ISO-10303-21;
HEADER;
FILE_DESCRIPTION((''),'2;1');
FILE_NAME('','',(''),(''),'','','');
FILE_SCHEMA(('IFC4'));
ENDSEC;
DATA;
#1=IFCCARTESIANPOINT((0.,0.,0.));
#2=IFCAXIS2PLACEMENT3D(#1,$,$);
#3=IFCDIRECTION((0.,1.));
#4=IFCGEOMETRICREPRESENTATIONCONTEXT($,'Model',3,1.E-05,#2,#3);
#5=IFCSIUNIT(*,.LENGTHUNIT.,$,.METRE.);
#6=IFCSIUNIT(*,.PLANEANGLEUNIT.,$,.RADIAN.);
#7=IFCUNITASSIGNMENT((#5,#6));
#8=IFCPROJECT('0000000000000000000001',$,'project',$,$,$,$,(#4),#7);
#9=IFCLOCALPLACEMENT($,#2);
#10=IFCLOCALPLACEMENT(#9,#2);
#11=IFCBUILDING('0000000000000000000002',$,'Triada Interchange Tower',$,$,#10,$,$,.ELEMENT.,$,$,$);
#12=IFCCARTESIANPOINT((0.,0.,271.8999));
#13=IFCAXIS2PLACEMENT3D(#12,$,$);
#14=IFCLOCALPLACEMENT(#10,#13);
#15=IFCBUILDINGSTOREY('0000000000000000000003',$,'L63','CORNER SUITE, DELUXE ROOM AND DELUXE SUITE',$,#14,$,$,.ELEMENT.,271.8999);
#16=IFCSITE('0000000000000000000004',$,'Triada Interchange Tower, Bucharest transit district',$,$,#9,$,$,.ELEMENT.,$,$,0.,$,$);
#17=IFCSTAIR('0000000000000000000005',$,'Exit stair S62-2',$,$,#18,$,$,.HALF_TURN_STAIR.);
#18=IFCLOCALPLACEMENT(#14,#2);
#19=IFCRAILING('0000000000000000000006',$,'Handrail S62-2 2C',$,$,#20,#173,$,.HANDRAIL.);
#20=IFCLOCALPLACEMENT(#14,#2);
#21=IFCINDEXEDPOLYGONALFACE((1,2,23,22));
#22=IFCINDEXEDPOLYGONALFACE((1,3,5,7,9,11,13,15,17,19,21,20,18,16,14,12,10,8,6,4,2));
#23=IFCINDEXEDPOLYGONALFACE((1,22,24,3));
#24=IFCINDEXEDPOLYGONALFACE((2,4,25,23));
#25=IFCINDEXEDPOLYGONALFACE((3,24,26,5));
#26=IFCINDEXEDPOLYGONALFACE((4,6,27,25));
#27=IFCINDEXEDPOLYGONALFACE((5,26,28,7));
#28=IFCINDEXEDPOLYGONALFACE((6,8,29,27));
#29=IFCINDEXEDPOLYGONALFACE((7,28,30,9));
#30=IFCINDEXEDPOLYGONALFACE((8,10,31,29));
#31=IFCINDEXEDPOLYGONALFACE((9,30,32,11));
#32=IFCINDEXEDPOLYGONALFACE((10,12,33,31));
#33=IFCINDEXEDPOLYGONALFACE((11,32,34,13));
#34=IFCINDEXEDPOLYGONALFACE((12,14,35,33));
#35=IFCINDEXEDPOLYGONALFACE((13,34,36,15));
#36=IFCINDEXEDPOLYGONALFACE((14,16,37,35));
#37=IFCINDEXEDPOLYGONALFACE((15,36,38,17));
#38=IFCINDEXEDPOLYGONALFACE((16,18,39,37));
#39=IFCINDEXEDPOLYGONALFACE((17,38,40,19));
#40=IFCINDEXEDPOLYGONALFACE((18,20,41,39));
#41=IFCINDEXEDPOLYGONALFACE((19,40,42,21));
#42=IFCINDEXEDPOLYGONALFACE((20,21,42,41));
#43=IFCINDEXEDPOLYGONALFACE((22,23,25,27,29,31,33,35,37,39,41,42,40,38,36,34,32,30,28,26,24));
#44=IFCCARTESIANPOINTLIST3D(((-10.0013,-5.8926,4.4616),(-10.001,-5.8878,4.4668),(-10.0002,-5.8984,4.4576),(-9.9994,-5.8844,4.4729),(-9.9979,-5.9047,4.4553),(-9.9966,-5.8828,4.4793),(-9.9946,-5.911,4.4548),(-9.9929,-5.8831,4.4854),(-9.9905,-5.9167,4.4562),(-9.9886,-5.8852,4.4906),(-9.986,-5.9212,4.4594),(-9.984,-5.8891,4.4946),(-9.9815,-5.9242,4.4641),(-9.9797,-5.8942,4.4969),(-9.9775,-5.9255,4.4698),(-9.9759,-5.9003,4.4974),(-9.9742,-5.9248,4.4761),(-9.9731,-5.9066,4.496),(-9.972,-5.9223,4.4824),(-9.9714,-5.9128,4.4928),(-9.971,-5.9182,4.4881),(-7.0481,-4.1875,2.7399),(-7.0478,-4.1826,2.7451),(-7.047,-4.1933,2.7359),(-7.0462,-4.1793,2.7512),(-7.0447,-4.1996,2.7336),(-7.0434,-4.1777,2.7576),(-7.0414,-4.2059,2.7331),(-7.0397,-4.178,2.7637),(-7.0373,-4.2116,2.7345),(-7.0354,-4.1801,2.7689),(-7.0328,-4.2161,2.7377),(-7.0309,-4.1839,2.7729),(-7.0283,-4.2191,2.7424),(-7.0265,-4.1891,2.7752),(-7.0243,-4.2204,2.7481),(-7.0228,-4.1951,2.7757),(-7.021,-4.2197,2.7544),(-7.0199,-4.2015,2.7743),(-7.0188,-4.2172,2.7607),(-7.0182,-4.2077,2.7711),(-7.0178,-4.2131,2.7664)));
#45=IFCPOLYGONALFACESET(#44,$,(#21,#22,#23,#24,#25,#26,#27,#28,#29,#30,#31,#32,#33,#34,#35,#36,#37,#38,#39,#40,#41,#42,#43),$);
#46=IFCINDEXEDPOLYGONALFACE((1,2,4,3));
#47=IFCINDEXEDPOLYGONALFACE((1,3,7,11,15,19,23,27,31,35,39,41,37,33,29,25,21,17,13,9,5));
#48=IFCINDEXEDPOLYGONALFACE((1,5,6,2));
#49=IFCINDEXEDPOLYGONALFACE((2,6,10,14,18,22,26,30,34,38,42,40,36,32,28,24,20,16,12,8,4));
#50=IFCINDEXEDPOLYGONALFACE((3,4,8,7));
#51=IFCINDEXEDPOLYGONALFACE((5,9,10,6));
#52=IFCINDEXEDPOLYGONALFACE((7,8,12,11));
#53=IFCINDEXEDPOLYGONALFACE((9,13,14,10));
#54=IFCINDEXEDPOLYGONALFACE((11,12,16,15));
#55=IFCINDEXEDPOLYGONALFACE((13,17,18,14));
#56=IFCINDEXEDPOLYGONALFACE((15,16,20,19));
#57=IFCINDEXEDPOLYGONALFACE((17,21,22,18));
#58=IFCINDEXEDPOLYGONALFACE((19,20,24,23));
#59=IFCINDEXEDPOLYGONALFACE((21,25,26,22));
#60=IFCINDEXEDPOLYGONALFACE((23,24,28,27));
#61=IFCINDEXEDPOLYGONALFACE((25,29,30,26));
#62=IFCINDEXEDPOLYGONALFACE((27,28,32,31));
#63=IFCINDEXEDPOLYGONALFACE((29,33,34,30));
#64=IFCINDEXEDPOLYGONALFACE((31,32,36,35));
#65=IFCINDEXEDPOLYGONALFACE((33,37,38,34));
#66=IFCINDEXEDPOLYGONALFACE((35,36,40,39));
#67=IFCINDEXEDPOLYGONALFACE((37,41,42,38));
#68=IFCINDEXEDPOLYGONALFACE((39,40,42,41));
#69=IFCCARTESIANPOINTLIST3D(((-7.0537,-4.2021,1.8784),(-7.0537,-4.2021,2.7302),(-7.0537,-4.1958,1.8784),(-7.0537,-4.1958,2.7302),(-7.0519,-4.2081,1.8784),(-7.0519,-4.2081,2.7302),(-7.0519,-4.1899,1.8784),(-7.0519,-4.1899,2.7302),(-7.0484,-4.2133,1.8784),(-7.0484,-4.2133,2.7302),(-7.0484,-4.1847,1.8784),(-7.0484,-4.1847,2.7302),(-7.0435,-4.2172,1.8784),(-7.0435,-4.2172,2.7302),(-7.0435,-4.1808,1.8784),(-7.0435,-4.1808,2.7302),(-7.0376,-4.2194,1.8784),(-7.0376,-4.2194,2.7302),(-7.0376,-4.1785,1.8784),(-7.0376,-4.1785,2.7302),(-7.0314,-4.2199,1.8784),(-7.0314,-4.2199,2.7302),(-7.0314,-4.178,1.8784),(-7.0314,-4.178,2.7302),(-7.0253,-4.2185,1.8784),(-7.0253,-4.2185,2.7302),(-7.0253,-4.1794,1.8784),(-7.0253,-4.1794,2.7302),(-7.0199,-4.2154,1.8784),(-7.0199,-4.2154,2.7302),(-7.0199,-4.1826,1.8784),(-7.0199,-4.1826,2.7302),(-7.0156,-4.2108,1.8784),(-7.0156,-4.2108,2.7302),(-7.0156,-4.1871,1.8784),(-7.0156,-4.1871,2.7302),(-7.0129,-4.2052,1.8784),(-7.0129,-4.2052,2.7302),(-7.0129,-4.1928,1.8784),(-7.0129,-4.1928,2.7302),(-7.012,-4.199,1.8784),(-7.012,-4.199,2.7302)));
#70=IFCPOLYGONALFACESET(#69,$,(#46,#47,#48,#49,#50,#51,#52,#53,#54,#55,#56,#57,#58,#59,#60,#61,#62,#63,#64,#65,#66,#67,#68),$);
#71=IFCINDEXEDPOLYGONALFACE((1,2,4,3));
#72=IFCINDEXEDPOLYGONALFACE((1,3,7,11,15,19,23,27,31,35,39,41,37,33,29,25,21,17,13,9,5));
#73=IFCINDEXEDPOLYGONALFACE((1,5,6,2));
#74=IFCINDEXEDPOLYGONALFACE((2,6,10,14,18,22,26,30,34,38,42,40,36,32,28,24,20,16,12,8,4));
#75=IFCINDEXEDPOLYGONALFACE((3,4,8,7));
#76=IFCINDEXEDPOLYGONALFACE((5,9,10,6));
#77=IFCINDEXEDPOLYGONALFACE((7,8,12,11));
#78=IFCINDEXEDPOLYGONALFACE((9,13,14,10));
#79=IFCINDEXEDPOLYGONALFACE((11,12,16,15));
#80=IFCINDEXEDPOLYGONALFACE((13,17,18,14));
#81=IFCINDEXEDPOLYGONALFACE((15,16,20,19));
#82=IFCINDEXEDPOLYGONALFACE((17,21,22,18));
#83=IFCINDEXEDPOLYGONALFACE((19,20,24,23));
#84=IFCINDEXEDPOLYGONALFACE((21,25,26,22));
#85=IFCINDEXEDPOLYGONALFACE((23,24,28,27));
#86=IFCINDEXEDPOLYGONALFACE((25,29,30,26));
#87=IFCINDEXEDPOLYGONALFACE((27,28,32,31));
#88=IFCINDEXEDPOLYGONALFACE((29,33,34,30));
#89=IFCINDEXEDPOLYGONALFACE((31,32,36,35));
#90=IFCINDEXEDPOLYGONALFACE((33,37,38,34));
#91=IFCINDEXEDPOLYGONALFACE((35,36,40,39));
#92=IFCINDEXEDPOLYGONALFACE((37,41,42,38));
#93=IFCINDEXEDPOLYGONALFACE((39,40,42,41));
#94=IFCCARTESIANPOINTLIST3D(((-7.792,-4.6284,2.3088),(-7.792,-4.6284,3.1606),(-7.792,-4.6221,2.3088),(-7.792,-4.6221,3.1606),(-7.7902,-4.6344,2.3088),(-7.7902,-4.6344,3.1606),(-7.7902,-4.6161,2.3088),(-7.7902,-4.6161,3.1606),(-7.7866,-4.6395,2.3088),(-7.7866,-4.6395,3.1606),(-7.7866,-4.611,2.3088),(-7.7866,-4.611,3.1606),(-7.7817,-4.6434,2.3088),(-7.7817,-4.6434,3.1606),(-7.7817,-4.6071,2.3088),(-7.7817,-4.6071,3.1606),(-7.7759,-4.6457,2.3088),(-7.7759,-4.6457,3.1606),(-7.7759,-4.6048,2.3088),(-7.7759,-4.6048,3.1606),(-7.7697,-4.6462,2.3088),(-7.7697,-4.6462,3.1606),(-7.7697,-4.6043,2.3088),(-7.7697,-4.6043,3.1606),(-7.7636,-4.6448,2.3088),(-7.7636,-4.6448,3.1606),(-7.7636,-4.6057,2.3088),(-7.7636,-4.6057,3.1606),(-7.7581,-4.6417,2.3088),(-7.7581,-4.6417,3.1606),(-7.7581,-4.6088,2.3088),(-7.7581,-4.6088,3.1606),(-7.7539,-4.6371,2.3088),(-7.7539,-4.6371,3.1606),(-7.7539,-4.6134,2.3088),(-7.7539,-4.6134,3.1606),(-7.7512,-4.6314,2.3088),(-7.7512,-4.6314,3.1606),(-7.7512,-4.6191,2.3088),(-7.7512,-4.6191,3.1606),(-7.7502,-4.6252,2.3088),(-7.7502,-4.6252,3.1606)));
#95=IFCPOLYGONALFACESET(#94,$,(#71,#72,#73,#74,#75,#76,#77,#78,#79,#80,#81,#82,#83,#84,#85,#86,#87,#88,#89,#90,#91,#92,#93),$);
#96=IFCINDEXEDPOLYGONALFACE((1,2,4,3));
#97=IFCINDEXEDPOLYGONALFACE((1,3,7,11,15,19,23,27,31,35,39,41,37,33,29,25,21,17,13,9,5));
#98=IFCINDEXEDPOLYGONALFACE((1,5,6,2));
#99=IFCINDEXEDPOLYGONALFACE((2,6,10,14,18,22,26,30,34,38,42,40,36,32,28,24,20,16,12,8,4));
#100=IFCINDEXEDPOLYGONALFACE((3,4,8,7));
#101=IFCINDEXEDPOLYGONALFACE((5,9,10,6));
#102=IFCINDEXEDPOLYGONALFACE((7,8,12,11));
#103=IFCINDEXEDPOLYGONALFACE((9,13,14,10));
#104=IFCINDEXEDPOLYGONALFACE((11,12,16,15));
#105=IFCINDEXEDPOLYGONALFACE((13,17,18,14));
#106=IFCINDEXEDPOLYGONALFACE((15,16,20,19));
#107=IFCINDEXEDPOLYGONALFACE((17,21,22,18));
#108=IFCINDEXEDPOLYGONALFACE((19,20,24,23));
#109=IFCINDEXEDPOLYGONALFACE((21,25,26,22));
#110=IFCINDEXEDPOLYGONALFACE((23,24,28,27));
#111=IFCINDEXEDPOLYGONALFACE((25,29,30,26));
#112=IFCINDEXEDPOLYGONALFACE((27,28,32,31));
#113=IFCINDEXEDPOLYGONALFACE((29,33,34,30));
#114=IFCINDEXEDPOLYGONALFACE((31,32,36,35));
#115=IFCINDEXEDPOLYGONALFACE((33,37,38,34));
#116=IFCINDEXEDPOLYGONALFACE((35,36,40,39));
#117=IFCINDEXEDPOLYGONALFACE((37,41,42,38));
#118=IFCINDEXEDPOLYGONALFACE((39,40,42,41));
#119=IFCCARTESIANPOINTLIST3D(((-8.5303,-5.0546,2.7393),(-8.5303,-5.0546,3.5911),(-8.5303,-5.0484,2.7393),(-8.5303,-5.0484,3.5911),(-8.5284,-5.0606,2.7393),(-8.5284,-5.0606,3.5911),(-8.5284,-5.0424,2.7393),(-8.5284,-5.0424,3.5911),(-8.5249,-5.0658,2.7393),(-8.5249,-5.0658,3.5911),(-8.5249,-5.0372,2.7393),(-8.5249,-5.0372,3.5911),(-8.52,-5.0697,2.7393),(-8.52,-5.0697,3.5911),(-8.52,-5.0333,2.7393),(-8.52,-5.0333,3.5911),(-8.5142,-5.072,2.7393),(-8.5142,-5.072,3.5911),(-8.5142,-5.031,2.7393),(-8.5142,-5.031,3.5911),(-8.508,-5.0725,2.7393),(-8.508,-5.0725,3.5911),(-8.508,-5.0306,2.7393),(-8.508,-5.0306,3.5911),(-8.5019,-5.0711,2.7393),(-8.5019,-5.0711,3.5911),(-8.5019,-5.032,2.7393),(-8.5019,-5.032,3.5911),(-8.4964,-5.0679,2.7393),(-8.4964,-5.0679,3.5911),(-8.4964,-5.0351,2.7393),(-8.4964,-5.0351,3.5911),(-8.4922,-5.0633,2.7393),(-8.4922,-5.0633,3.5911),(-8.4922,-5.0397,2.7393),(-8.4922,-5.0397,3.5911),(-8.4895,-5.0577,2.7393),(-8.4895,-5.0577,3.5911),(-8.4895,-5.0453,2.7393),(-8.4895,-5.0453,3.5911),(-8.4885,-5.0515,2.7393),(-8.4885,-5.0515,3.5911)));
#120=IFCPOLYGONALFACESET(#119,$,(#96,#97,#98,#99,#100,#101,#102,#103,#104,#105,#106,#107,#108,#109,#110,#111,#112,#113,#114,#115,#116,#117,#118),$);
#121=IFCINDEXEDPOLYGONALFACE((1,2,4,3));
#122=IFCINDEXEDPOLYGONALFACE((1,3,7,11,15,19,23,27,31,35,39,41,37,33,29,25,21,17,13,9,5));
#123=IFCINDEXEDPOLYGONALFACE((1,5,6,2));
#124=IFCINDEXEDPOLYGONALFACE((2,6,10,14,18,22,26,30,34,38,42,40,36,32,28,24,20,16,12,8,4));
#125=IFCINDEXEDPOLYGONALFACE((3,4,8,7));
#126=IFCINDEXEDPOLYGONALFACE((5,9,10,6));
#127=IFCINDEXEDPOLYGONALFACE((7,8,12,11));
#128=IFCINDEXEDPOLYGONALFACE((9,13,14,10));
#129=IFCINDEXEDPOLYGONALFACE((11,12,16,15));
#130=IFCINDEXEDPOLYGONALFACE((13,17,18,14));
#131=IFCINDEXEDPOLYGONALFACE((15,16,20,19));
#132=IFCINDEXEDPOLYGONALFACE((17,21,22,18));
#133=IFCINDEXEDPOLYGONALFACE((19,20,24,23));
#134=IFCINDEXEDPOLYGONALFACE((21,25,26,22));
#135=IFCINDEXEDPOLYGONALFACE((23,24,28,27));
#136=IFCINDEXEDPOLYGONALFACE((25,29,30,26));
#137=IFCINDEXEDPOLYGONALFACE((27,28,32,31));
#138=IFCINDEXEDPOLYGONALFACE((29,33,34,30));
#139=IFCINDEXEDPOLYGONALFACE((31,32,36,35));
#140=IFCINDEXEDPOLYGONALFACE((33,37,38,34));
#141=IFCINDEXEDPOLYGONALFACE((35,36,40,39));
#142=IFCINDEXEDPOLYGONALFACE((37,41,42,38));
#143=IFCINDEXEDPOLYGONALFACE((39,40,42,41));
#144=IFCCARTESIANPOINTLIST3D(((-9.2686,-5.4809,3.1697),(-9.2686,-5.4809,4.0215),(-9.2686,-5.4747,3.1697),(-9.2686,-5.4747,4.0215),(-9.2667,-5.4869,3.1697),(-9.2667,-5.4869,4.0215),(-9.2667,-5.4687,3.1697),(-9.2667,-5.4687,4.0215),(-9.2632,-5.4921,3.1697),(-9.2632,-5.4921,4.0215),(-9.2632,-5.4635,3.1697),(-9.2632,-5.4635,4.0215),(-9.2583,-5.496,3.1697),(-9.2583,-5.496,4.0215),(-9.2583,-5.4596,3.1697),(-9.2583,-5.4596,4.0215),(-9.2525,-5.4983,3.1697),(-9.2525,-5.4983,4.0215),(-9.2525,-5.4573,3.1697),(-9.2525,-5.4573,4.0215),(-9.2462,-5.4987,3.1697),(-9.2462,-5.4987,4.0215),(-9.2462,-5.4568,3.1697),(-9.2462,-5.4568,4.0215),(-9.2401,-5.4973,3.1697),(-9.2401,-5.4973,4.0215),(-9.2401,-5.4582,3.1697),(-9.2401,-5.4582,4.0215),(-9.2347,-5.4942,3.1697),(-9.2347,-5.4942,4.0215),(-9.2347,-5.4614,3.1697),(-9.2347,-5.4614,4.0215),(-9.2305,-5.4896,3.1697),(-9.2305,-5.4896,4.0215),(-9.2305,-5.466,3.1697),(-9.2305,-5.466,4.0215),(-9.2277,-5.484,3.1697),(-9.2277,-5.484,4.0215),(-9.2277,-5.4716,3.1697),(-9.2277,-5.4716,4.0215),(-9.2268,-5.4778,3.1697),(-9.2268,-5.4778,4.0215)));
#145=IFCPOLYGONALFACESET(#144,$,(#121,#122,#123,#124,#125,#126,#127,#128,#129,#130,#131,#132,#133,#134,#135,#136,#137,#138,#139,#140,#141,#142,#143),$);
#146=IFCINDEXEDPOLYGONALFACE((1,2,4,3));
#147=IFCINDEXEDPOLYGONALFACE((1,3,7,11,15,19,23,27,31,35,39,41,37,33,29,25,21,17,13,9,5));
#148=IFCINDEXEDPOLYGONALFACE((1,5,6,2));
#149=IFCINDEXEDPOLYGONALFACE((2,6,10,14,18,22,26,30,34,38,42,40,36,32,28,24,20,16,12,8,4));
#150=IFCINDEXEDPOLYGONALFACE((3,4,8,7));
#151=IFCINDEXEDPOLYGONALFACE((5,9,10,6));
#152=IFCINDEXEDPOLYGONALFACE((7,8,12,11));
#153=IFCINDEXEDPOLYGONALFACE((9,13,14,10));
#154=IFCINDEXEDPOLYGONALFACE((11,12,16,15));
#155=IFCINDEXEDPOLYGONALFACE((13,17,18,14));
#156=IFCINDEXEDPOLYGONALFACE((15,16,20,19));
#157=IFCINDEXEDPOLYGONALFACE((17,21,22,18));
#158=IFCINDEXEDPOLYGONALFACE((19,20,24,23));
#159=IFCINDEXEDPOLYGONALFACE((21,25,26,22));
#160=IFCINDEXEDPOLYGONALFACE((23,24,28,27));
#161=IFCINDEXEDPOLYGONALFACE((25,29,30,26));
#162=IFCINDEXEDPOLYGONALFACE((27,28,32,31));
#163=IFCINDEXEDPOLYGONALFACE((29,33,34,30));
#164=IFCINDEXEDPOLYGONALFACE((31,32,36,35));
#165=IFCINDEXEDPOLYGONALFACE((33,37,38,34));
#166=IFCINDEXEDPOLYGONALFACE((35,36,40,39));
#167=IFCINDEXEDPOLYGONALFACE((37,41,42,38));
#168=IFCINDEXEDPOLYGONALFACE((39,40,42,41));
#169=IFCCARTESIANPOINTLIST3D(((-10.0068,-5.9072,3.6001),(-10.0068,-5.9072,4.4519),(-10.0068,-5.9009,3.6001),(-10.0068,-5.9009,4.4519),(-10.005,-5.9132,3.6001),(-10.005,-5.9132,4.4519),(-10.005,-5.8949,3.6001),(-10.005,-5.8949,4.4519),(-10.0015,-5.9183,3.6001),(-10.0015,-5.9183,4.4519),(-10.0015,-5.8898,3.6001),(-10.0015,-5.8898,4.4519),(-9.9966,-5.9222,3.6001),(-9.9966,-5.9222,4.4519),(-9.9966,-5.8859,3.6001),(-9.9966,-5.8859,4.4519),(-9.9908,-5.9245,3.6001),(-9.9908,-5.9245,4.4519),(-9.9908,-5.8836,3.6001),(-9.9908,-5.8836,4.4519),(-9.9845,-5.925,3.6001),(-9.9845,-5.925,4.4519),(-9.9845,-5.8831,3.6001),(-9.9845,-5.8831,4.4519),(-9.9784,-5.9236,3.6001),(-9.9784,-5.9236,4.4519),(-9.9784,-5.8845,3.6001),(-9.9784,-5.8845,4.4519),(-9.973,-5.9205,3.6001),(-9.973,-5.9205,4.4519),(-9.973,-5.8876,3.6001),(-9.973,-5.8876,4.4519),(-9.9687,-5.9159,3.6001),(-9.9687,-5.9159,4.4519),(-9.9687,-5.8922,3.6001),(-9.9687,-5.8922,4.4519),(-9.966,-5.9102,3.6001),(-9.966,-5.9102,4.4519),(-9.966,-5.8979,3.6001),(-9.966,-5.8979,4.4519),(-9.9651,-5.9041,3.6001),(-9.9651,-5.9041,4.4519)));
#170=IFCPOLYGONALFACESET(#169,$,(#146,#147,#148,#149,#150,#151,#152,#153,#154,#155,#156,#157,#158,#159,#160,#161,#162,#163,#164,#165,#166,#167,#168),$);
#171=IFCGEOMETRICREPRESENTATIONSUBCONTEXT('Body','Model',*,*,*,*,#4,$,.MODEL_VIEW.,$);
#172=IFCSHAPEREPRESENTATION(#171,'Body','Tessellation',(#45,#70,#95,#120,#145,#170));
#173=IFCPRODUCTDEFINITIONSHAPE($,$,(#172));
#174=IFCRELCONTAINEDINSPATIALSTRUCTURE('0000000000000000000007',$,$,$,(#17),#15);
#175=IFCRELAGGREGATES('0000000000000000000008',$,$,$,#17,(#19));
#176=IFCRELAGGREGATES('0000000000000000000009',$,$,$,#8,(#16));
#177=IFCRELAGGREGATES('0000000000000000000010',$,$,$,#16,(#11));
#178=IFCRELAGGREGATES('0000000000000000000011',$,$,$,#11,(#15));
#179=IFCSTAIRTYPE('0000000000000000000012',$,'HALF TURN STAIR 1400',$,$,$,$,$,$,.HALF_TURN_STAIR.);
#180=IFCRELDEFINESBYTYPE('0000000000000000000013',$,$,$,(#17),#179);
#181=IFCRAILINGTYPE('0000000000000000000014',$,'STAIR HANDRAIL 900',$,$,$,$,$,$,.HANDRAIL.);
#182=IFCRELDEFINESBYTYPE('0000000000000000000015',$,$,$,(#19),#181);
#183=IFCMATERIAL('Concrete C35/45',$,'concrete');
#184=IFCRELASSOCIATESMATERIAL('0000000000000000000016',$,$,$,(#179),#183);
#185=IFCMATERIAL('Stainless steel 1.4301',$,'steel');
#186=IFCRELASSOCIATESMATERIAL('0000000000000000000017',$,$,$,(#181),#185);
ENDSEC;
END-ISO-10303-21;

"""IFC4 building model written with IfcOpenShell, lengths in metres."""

from ifc_helpers import new_model, si_unit, direction, frame, origin, origin_2d, place, context, subcontext, project, spatial, circle, extrude, material, type_object, element, aggregate, save


model = new_model("IFC4")

# Units and contexts
model_context = context("Model", 3, precision=1e-05, world=origin(), true_north=direction((0.0, 1.0)))
body_context = subcontext(model_context, "Body", "Model", "MODEL_VIEW")
ifc_project = project(units=[si_unit("LENGTHUNIT", "METRE"), si_unit("PLANEANGLEUNIT", "RADIAN")], contexts=[model_context])

# Site, building, storey
site_placement = place(None, origin())
site = spatial("IfcSite", under=ifc_project, at=site_placement, Name="Triada Interchange Tower, Bucharest transit district", CompositionType="ELEMENT", RefElevation=0.0)
building_placement = place(site_placement, origin())
building = spatial("IfcBuilding", under=site, at=building_placement, Name="Triada Interchange Tower", CompositionType="ELEMENT")
storey_placement = place(building_placement, frame((0.0, 0.0, 271.8999)))
storey = spatial("IfcBuildingStorey", under=building, at=storey_placement, Name="L63", Description="CORNER SUITE, DELUXE ROOM AND DELUXE SUITE", CompositionType="ELEMENT", Elevation=271.8999)

# Stair, railing
ifc_material_1 = material(Name="Concrete C35/45", Category="concrete")
stair_type = type_object("IfcStairType", Name="HALF TURN STAIR 1400", PredefinedType="HALF_TURN_STAIR", material=ifc_material_1)
stair_placement = place(storey_placement, origin())
stair = element("IfcStair", 1, at=stair_placement, inside=storey, type_object=stair_type, Name="Exit stair S62-2", PredefinedType="HALF_TURN_STAIR")
ifc_material_2 = material(Name="Stainless steel 1.4301", Category="steel")
railing_type = type_object("IfcRailingType", Name="STAIR HANDRAIL 900", PredefinedType="HANDRAIL", material=ifc_material_2)
railing_1_placement = place(storey_placement, frame((-7.033, -4.199, 1.8784)))
railing_1 = element("IfcRailing", 2, at=railing_1_placement, type_object=railing_type, Name="Handrail S62-2 2C", PredefinedType="HANDRAIL", context=body_context, shape_type="SweptSolid", body=[
    extrude(circle(Radius=0.0239, at=origin_2d()), frame((0.0, 0.0, 0.876), z_axis=(-0.773069, -0.446355, 0.450701), x_axis=(0.50002, -0.866014, 0.0)), (0.0, 0.0, 1.0), 3.8201),
    extrude(circle(Radius=0.021, at=origin_2d()), origin(), (0.0, 0.0, 1.0), 0.8518),
    extrude(circle(Radius=0.021, at=origin_2d()), frame((-0.7383, -0.4263, 0.4304)), (0.0, 0.0, 1.0), 0.8518),
    extrude(circle(Radius=0.021, at=origin_2d()), frame((-1.4766, -0.8525, 0.8608)), (0.0, 0.0, 1.0), 0.8518),
    extrude(circle(Radius=0.021, at=origin_2d()), frame((-2.2148, -1.2788, 1.2913)), (0.0, 0.0, 1.0), 0.8518),
    extrude(circle(Radius=0.021, at=origin_2d()), frame((-2.9531, -1.7051, 1.7217)), (0.0, 0.0, 1.0), 0.8518),
])
aggregate(stair, [railing_1])

save(model, "model.ifc")
